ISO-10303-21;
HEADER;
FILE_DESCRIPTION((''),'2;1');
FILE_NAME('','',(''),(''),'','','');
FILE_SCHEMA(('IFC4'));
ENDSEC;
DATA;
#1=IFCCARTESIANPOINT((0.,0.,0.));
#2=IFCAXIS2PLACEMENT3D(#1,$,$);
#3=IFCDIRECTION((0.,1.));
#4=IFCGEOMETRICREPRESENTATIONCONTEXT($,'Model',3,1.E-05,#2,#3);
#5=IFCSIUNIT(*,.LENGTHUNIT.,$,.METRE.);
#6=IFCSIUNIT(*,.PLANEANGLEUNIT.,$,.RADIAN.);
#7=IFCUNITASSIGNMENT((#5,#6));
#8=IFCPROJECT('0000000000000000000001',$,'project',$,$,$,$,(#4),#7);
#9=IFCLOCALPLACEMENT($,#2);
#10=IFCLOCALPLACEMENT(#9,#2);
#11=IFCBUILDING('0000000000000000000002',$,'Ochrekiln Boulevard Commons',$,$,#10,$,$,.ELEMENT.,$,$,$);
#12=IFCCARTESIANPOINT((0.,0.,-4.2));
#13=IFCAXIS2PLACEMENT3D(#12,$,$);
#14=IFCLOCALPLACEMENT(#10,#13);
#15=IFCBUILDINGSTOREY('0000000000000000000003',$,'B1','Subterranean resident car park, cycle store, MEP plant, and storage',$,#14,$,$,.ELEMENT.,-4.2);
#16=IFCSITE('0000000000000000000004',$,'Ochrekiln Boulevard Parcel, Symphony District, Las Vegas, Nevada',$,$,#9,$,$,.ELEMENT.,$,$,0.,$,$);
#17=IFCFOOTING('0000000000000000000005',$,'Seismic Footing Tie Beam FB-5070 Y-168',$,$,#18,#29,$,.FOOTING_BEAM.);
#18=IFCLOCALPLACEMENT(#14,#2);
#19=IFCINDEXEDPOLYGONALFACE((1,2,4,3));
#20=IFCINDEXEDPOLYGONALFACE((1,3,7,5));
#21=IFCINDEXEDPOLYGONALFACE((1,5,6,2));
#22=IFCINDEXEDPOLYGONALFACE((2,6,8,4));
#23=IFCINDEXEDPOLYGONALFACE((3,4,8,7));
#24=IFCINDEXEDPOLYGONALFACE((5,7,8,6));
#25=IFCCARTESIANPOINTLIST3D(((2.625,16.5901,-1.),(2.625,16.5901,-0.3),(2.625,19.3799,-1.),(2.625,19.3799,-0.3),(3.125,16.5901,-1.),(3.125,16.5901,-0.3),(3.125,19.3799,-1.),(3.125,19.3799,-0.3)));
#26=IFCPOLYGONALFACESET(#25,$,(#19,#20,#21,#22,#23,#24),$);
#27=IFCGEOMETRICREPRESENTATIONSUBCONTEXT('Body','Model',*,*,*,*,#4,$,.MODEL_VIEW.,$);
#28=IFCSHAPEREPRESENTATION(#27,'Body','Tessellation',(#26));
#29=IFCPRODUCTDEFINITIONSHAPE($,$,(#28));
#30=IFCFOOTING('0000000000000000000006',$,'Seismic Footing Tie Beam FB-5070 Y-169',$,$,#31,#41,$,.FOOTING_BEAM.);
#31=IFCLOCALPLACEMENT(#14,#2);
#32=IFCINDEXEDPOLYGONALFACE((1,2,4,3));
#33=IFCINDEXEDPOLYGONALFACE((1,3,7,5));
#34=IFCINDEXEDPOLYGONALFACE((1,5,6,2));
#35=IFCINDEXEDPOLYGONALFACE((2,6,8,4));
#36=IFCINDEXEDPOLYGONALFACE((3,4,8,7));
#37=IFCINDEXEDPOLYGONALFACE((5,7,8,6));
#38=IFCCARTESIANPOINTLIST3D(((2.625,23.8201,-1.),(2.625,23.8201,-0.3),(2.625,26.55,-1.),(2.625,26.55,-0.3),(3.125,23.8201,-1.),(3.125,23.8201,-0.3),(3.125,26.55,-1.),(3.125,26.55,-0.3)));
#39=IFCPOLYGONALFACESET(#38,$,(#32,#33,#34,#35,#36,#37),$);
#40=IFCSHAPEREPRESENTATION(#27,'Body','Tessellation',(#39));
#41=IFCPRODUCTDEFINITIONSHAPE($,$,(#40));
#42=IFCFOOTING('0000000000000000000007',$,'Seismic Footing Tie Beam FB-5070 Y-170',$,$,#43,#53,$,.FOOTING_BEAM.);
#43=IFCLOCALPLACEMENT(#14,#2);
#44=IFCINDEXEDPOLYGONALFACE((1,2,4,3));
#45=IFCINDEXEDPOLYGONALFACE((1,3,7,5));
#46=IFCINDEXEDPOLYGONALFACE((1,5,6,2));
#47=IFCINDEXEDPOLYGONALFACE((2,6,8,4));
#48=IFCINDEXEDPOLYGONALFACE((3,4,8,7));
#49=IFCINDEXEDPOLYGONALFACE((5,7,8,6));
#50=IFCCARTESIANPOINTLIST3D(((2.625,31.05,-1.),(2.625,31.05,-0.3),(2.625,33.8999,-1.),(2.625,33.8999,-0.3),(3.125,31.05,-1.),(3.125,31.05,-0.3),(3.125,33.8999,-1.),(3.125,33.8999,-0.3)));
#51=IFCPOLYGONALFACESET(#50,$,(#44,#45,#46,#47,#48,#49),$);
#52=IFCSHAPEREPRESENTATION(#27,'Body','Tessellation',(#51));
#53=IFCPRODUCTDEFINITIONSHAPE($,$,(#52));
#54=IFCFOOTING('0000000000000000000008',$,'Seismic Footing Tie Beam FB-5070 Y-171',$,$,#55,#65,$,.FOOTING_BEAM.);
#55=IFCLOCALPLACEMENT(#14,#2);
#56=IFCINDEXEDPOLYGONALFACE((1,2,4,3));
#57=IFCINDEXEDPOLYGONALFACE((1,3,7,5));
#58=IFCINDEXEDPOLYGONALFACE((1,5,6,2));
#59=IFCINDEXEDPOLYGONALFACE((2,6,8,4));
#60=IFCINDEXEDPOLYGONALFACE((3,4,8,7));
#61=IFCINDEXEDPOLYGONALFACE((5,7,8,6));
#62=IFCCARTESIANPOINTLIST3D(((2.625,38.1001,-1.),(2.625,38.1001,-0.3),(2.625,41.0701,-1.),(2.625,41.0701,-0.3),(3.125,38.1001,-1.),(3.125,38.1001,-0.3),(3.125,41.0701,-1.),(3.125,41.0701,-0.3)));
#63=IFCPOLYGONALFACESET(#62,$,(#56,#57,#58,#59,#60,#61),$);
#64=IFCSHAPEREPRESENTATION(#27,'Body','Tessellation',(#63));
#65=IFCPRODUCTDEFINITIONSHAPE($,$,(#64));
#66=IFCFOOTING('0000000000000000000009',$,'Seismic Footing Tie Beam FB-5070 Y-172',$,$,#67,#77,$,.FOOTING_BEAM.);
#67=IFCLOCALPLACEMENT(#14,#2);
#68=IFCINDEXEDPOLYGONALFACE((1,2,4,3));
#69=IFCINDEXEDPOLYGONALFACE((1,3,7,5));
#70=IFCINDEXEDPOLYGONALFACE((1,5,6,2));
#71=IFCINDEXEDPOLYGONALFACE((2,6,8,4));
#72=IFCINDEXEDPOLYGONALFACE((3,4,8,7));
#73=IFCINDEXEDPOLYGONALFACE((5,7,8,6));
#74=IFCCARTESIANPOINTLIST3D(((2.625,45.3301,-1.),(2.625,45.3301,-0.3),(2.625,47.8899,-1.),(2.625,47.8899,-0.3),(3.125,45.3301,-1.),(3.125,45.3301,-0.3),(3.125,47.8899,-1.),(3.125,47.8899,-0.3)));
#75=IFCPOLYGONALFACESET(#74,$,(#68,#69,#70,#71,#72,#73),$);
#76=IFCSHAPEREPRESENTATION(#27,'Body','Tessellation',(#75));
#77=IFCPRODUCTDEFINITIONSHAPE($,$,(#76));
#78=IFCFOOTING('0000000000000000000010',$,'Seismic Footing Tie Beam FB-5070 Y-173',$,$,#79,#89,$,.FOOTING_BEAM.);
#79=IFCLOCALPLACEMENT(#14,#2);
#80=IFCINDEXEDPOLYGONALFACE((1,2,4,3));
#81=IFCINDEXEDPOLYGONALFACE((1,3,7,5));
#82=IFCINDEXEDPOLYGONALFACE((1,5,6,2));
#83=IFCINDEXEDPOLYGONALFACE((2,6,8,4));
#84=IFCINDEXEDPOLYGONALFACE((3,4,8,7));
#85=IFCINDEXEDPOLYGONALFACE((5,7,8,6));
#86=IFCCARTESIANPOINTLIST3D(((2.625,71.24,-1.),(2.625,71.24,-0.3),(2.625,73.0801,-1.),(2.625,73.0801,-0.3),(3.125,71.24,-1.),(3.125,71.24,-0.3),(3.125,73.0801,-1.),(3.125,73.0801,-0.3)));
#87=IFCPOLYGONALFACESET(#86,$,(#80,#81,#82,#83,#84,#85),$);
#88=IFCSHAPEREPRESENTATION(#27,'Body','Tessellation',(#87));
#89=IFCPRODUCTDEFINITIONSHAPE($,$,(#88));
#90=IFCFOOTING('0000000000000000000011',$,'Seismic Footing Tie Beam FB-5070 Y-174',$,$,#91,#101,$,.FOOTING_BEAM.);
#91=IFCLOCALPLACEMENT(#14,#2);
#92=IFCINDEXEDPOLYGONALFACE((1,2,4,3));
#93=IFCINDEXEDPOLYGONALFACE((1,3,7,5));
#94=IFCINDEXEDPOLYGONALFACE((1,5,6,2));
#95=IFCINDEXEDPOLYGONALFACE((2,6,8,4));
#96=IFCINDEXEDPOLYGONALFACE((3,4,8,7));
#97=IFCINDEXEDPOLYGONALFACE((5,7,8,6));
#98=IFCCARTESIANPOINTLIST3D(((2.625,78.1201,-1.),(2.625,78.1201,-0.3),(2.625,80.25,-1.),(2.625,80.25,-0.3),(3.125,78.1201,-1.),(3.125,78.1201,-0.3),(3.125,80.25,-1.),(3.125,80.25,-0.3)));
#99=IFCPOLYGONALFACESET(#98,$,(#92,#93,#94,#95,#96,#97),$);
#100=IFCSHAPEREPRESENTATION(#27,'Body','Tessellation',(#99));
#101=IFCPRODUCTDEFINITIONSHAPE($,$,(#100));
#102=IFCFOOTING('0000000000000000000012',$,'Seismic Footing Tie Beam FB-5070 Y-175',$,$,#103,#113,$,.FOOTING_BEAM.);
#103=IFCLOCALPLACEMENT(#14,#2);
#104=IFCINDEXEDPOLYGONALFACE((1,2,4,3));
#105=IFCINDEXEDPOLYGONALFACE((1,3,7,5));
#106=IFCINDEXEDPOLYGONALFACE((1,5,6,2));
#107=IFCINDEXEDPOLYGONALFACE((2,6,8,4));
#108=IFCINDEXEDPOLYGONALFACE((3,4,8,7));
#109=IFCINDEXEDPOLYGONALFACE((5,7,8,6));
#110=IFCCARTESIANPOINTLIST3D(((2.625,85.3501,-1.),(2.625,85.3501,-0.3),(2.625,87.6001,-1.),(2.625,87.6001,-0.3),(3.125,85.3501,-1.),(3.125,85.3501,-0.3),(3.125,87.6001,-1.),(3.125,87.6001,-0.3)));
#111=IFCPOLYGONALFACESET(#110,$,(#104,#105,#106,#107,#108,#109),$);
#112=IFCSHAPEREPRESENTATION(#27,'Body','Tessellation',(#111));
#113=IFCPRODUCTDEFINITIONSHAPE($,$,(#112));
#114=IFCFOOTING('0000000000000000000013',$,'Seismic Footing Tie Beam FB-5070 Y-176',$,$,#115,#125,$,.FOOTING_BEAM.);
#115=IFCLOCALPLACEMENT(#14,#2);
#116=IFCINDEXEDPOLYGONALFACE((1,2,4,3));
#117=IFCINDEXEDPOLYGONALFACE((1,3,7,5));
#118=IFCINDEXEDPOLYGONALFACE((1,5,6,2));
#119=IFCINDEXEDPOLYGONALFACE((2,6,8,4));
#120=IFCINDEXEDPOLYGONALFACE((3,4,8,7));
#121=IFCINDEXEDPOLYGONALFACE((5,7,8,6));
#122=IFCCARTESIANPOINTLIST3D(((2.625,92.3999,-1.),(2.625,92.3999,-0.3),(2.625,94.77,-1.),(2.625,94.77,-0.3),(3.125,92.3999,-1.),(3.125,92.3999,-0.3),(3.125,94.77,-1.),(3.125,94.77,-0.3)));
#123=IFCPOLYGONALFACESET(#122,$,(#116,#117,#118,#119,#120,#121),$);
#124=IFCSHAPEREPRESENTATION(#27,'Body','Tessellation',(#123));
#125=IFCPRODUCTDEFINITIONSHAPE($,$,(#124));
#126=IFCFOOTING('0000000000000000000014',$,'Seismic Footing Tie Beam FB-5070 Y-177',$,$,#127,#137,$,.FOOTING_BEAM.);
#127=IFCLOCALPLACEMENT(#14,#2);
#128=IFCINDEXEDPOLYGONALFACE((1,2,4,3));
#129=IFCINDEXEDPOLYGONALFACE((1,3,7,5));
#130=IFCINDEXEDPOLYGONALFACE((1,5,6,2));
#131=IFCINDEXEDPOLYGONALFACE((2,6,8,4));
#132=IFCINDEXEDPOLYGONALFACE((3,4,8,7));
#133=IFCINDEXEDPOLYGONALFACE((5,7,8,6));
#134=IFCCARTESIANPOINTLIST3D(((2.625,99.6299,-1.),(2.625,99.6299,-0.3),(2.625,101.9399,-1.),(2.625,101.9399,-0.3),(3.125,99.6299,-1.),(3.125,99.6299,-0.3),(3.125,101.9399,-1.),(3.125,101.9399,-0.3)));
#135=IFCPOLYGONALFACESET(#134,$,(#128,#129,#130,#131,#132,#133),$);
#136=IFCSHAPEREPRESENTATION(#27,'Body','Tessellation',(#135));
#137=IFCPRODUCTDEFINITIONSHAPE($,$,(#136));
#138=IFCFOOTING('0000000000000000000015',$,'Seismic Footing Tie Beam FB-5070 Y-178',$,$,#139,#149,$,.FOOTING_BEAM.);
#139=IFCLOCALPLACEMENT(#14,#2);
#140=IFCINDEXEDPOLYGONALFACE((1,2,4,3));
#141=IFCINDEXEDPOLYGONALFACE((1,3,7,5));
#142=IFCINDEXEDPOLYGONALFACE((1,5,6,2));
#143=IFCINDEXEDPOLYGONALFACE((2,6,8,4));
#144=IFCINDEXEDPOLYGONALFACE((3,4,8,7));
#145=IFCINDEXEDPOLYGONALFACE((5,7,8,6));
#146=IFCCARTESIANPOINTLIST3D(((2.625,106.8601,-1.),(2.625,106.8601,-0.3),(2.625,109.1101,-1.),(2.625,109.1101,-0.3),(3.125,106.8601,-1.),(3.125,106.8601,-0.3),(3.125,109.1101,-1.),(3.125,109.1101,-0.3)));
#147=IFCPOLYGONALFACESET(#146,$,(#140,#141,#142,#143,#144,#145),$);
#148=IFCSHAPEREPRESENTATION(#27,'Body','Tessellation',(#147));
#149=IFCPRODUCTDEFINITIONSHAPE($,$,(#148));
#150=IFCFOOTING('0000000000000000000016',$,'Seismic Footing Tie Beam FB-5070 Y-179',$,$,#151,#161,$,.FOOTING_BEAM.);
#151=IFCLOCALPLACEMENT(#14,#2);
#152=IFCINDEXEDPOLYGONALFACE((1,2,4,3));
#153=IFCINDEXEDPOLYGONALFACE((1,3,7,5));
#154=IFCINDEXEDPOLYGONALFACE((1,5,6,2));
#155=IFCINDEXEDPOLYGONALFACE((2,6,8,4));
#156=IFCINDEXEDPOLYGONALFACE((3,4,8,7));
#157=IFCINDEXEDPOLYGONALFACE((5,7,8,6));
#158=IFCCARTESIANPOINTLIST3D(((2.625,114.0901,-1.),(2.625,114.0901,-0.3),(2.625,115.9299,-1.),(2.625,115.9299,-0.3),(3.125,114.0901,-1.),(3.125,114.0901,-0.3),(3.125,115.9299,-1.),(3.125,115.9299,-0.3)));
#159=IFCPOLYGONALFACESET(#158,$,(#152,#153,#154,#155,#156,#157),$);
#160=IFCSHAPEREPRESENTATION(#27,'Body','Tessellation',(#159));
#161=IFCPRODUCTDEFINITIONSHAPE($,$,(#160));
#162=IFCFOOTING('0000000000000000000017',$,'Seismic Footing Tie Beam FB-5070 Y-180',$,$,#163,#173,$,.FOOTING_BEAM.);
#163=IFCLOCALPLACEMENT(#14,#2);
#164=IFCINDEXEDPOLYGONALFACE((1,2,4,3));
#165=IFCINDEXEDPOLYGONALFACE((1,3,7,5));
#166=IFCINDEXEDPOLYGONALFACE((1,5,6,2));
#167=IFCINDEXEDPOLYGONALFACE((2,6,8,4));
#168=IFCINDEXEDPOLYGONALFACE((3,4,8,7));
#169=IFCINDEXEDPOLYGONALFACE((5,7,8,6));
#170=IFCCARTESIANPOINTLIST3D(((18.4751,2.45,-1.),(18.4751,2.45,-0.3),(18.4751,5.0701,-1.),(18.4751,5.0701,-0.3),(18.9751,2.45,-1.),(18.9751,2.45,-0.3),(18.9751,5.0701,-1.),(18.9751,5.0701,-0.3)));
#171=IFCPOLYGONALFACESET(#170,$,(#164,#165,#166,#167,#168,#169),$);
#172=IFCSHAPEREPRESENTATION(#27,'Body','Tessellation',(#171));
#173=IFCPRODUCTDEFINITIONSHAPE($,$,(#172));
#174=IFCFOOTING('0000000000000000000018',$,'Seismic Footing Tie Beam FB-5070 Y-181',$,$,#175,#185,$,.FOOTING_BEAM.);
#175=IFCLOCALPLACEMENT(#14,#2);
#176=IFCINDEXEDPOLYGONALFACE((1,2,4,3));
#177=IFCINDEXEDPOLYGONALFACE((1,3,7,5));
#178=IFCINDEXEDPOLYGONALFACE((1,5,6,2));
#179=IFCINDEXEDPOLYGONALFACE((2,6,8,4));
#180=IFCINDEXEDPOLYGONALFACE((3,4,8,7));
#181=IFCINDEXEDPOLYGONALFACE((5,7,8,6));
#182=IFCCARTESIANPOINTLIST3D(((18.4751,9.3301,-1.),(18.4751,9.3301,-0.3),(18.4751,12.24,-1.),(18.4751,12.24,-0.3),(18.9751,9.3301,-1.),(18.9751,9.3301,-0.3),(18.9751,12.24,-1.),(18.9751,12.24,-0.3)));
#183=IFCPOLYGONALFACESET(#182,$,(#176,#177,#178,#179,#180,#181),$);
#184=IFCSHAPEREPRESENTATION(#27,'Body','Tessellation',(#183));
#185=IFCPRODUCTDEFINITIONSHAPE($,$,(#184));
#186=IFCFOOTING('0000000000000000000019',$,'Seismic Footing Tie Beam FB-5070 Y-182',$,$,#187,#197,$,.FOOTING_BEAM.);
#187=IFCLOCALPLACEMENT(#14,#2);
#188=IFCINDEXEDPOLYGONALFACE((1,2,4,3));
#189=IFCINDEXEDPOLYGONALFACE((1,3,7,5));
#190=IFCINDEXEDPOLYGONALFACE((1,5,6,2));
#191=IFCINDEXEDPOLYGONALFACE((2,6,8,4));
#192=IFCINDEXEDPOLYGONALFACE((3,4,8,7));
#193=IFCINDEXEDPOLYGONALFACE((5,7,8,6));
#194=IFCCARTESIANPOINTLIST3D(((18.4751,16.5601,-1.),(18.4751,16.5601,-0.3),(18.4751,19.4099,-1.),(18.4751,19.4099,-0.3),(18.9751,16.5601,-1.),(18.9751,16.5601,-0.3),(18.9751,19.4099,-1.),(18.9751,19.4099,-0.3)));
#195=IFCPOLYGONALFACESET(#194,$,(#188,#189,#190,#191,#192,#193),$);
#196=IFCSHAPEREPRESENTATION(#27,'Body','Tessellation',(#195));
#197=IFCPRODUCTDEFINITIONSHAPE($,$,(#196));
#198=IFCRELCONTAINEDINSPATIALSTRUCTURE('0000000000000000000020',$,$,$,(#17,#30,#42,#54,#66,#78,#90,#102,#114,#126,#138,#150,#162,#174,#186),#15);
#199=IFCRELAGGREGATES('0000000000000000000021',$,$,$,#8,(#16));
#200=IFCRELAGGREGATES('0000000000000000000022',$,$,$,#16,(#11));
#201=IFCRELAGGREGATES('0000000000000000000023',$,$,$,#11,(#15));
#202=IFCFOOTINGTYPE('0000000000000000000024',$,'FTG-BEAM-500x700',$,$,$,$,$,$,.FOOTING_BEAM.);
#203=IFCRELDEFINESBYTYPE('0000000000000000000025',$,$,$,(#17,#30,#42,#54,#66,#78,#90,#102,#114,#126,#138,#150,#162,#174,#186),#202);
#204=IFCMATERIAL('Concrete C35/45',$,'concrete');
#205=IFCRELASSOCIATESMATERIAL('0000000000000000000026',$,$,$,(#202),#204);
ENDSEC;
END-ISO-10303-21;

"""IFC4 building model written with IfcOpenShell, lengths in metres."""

from ifc_helpers import new_model, si_unit, direction, frame, origin, place, context, subcontext, project, spatial, polyline, outline, extrude, material, type_object, element, save


model = new_model("IFC4")

# Units and contexts
model_context = context("Model", 3, precision=1e-05, world=origin(), true_north=direction((0.0, 1.0)))
body_context = subcontext(model_context, "Body", "Model", "MODEL_VIEW")
ifc_project = project(units=[si_unit("LENGTHUNIT", "METRE"), si_unit("PLANEANGLEUNIT", "RADIAN")], contexts=[model_context])

# Site, building, storey
site_placement = place(None, origin())
site = spatial("IfcSite", under=ifc_project, at=site_placement, Name="Ochrekiln Boulevard Parcel, Symphony District, Las Vegas, Nevada", CompositionType="ELEMENT", RefElevation=0.0)
building_placement = place(site_placement, origin())
building = spatial("IfcBuilding", under=site, at=building_placement, Name="Ochrekiln Boulevard Commons", CompositionType="ELEMENT")
storey_placement = place(building_placement, frame((0.0, 0.0, -4.2)))
storey = spatial("IfcBuildingStorey", under=building, at=storey_placement, Name="B1", Description="Subterranean resident car park, cycle store, MEP plant, and storage", CompositionType="ELEMENT", Elevation=-4.2)

# Footings
ifc_material = material(Name="Concrete C35/45", Category="concrete")
footing_type = type_object("IfcFootingType", Name="FTG-BEAM-500x700", PredefinedType="FOOTING_BEAM", material=ifc_material)
footing_1_placement = place(storey_placement, frame((0.0, 0.0, -1.0)))
element("IfcFooting", 1, at=footing_1_placement, inside=storey, type_object=footing_type, Name="Seismic Footing Tie Beam FB-5070 Y-168", PredefinedType="FOOTING_BEAM", context=body_context, shape_type="SweptSolid", body=[
    extrude(outline(polyline([(2.625, 16.5901), (3.125, 16.5901), (3.125, 19.3799), (2.625, 19.3799), (2.625, 16.5901)])), origin(), (0.0, 0.0, 1.0), 0.7),
])
footing_2_placement = place(storey_placement, frame((0.0, 0.0, -1.0)))
element("IfcFooting", 2, at=footing_2_placement, inside=storey, type_object=footing_type, Name="Seismic Footing Tie Beam FB-5070 Y-169", PredefinedType="FOOTING_BEAM", context=body_context, shape_type="SweptSolid", body=[
    extrude(outline(polyline([(2.625, 23.8201), (3.125, 23.8201), (3.125, 26.55), (2.625, 26.55), (2.625, 23.8201)])), origin(), (0.0, 0.0, 1.0), 0.7),
])
footing_3_placement = place(storey_placement, frame((0.0, 0.0, -1.0)))
element("IfcFooting", 3, at=footing_3_placement, inside=storey, type_object=footing_type, Name="Seismic Footing Tie Beam FB-5070 Y-170", PredefinedType="FOOTING_BEAM", context=body_context, shape_type="SweptSolid", body=[
    extrude(outline(polyline([(2.625, 31.05), (3.125, 31.05), (3.125, 33.8999), (2.625, 33.8999), (2.625, 31.05)])), origin(), (0.0, 0.0, 1.0), 0.7),
])
footing_4_placement = place(storey_placement, frame((0.0, 0.0, -1.0)))
element("IfcFooting", 4, at=footing_4_placement, inside=storey, type_object=footing_type, Name="Seismic Footing Tie Beam FB-5070 Y-171", PredefinedType="FOOTING_BEAM", context=body_context, shape_type="SweptSolid", body=[
    extrude(outline(polyline([(2.625, 38.1001), (3.125, 38.1001), (3.125, 41.0701), (2.625, 41.0701), (2.625, 38.1001)])), origin(), (0.0, 0.0, 1.0), 0.7),
])
footing_5_placement = place(storey_placement, frame((0.0, 0.0, -1.0)))
element("IfcFooting", 5, at=footing_5_placement, inside=storey, type_object=footing_type, Name="Seismic Footing Tie Beam FB-5070 Y-172", PredefinedType="FOOTING_BEAM", context=body_context, shape_type="SweptSolid", body=[
    extrude(outline(polyline([(2.625, 45.3301), (3.125, 45.3301), (3.125, 47.8899), (2.625, 47.8899), (2.625, 45.3301)])), origin(), (0.0, 0.0, 1.0), 0.7),
])
footing_6_placement = place(storey_placement, frame((0.0, 0.0, -1.0)))
element("IfcFooting", 6, at=footing_6_placement, inside=storey, type_object=footing_type, Name="Seismic Footing Tie Beam FB-5070 Y-173", PredefinedType="FOOTING_BEAM", context=body_context, shape_type="SweptSolid", body=[
    extrude(outline(polyline([(2.625, 71.24), (3.125, 71.24), (3.125, 73.0801), (2.625, 73.0801), (2.625, 71.24)])), origin(), (0.0, 0.0, 1.0), 0.7),
])
footing_7_placement = place(storey_placement, frame((0.0, 0.0, -1.0)))
element("IfcFooting", 7, at=footing_7_placement, inside=storey, type_object=footing_type, Name="Seismic Footing Tie Beam FB-5070 Y-174", PredefinedType="FOOTING_BEAM", context=body_context, shape_type="SweptSolid", body=[
    extrude(outline(polyline([(2.625, 78.1201), (3.125, 78.1201), (3.125, 80.25), (2.625, 80.25), (2.625, 78.1201)])), origin(), (0.0, 0.0, 1.0), 0.7),
])
footing_8_placement = place(storey_placement, frame((0.0, 0.0, -1.0)))
element("IfcFooting", 8, at=footing_8_placement, inside=storey, type_object=footing_type, Name="Seismic Footing Tie Beam FB-5070 Y-175", PredefinedType="FOOTING_BEAM", context=body_context, shape_type="SweptSolid", body=[
    extrude(outline(polyline([(2.625, 85.3501), (3.125, 85.3501), (3.125, 87.6001), (2.625, 87.6001), (2.625, 85.3501)])), origin(), (0.0, 0.0, 1.0), 0.7),
])
footing_9_placement = place(storey_placement, frame((0.0, 0.0, -1.0)))
element("IfcFooting", 9, at=footing_9_placement, inside=storey, type_object=footing_type, Name="Seismic Footing Tie Beam FB-5070 Y-176", PredefinedType="FOOTING_BEAM", context=body_context, shape_type="SweptSolid", body=[
    extrude(outline(polyline([(2.625, 92.3999), (3.125, 92.3999), (3.125, 94.77), (2.625, 94.77), (2.625, 92.3999)])), origin(), (0.0, 0.0, 1.0), 0.7),
])
footing_10_placement = place(storey_placement, frame((0.0, 0.0, -1.0)))
element("IfcFooting", 10, at=footing_10_placement, inside=storey, type_object=footing_type, Name="Seismic Footing Tie Beam FB-5070 Y-177", PredefinedType="FOOTING_BEAM", context=body_context, shape_type="SweptSolid", body=[
    extrude(outline(polyline([(2.625, 99.6299), (3.125, 99.6299), (3.125, 101.9399), (2.625, 101.9399), (2.625, 99.6299)])), origin(), (0.0, 0.0, 1.0), 0.7),
])
footing_11_placement = place(storey_placement, frame((0.0, 0.0, -1.0)))
element("IfcFooting", 11, at=footing_11_placement, inside=storey, type_object=footing_type, Name="Seismic Footing Tie Beam FB-5070 Y-178", PredefinedType="FOOTING_BEAM", context=body_context, shape_type="SweptSolid", body=[
    extrude(outline(polyline([(2.625, 106.8601), (3.125, 106.8601), (3.125, 109.1101), (2.625, 109.1101), (2.625, 106.8601)])), origin(), (0.0, 0.0, 1.0), 0.7),
])
footing_12_placement = place(storey_placement, frame((0.0, 0.0, -1.0)))
element("IfcFooting", 12, at=footing_12_placement, inside=storey, type_object=footing_type, Name="Seismic Footing Tie Beam FB-5070 Y-179", PredefinedType="FOOTING_BEAM", context=body_context, shape_type="SweptSolid", body=[
    extrude(outline(polyline([(2.625, 114.0901), (3.125, 114.0901), (3.125, 115.9299), (2.625, 115.9299), (2.625, 114.0901)])), origin(), (0.0, 0.0, 1.0), 0.7),
])
footing_13_placement = place(storey_placement, frame((0.0, 0.0, -1.0)))
element("IfcFooting", 13, at=footing_13_placement, inside=storey, type_object=footing_type, Name="Seismic Footing Tie Beam FB-5070 Y-180", PredefinedType="FOOTING_BEAM", context=body_context, shape_type="SweptSolid", body=[
    extrude(outline(polyline([(18.4751, 2.45), (18.9751, 2.45), (18.9751, 5.0701), (18.4751, 5.0701), (18.4751, 2.45)])), origin(), (0.0, 0.0, 1.0), 0.7),
])
footing_14_placement = place(storey_placement, frame((0.0, 0.0, -1.0)))
element("IfcFooting", 14, at=footing_14_placement, inside=storey, type_object=footing_type, Name="Seismic Footing Tie Beam FB-5070 Y-181", PredefinedType="FOOTING_BEAM", context=body_context, shape_type="SweptSolid", body=[
    extrude(outline(polyline([(18.4751, 9.3301), (18.9751, 9.3301), (18.9751, 12.24), (18.4751, 12.24), (18.4751, 9.3301)])), origin(), (0.0, 0.0, 1.0), 0.7),
])
footing_15_placement = place(storey_placement, frame((0.0, 0.0, -1.0)))
element("IfcFooting", 15, at=footing_15_placement, inside=storey, type_object=footing_type, Name="Seismic Footing Tie Beam FB-5070 Y-182", PredefinedType="FOOTING_BEAM", context=body_context, shape_type="SweptSolid", body=[
    extrude(outline(polyline([(18.4751, 16.5601), (18.9751, 16.5601), (18.9751, 19.4099), (18.4751, 19.4099), (18.4751, 16.5601)])), origin(), (0.0, 0.0, 1.0), 0.7),
])

save(model, "model.ifc")
